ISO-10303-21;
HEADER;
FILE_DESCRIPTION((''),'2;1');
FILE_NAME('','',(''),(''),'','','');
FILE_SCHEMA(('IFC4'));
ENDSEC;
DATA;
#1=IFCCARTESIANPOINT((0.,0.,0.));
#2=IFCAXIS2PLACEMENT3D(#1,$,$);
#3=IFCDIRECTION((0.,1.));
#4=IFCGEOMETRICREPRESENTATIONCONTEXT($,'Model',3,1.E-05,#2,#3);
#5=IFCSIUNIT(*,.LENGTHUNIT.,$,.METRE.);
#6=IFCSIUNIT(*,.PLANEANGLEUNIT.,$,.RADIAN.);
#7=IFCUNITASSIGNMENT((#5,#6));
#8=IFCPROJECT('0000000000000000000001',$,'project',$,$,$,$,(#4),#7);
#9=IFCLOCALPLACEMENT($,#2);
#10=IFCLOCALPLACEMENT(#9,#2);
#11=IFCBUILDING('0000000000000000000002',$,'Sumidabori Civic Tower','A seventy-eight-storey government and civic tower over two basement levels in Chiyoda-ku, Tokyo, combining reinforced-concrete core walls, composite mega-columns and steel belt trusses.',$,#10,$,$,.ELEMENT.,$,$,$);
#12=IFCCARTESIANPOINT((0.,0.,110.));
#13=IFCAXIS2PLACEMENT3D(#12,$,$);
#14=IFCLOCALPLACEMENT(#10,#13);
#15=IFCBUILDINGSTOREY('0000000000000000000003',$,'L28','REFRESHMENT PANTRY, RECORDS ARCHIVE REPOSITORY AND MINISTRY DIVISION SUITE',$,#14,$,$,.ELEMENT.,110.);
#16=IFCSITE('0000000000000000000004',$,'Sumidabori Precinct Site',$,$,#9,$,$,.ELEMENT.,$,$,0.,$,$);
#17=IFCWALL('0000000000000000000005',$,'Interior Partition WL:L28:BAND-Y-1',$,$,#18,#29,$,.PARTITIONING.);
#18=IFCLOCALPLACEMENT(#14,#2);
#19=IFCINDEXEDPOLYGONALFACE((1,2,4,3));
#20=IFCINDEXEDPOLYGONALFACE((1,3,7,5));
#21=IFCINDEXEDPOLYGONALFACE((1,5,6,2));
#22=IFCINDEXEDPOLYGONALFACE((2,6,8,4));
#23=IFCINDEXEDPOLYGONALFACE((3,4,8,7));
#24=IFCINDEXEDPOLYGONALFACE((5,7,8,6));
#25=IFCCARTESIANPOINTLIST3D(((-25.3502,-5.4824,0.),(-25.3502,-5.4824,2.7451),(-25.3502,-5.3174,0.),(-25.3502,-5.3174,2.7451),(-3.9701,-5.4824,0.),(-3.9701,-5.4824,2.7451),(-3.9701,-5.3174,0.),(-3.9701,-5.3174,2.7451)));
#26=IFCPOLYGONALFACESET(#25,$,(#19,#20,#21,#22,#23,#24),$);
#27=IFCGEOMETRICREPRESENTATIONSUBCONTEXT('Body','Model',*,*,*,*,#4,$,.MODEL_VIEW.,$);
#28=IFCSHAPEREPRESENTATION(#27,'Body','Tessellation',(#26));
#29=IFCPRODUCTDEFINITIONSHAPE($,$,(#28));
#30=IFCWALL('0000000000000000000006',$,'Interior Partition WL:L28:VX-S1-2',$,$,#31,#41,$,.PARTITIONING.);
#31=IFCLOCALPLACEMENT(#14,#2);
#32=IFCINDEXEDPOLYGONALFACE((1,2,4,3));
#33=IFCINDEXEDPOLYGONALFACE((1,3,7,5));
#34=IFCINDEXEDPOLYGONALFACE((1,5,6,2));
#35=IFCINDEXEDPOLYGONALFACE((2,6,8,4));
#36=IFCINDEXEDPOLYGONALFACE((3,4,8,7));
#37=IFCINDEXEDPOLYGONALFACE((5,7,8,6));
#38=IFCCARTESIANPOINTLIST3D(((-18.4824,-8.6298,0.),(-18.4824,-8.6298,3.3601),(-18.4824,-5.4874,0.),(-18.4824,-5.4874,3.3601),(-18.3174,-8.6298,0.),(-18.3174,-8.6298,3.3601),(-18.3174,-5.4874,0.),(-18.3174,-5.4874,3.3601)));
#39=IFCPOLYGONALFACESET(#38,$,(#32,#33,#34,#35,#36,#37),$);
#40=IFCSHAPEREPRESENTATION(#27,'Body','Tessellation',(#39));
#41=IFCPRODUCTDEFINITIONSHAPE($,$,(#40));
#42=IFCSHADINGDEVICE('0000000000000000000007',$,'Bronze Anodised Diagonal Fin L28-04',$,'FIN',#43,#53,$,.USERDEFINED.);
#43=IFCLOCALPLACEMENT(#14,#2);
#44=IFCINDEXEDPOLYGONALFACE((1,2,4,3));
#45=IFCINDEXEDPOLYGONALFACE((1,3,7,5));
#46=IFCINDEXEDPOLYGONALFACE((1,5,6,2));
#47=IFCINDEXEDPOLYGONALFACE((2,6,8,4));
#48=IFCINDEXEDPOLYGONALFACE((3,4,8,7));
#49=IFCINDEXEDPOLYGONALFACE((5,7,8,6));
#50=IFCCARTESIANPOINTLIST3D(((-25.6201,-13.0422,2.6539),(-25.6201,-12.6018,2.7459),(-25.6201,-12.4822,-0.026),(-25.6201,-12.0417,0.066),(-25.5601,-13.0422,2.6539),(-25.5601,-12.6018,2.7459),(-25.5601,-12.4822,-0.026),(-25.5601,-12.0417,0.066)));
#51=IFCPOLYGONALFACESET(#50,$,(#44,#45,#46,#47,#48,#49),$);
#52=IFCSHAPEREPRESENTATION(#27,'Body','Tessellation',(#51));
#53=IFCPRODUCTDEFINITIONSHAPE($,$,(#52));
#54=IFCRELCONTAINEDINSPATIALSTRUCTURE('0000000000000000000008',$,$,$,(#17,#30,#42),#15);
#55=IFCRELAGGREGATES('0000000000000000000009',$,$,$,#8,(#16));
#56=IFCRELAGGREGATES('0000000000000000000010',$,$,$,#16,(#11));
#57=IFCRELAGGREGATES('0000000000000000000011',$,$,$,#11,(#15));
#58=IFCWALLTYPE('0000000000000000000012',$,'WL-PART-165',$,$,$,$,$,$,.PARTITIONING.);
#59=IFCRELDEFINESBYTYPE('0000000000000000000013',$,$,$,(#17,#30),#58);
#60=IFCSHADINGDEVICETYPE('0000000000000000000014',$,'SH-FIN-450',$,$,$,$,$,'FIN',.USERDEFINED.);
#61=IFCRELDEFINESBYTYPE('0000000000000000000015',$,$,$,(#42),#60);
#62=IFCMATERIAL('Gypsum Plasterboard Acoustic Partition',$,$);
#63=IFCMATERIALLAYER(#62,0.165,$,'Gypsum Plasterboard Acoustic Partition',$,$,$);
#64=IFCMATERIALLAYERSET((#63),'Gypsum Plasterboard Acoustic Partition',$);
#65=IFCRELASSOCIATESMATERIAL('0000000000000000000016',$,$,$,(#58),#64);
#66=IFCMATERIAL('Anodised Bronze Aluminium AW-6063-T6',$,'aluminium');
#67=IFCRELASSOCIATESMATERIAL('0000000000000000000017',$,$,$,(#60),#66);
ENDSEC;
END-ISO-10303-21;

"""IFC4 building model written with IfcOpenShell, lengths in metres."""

from ifc_helpers import new_model, si_unit, direction, frame, frame_2d, origin, origin_2d, place, context, subcontext, project, spatial, rectangle, extrude, source, transform, mapped, material, layer, layer_set, material_profile, profile_set, type_object, element, save


model = new_model("IFC4")

# Units and contexts
model_context = context("Model", 3, precision=1e-05, world=origin(), true_north=direction((0.0, 1.0)))
body_context = subcontext(model_context, "Body", "Model", "MODEL_VIEW")
ifc_project = project(units=[si_unit("LENGTHUNIT", "METRE"), si_unit("PLANEANGLEUNIT", "RADIAN")], contexts=[model_context])

# Site, building, storey
site_placement = place(None, origin())
site = spatial("IfcSite", under=ifc_project, at=site_placement, Name="Sumidabori Precinct Site", CompositionType="ELEMENT", RefElevation=0.0)
building_placement = place(site_placement, origin())
building = spatial("IfcBuilding", under=site, at=building_placement, Name="Sumidabori Civic Tower", Description="A seventy-eight-storey government and civic tower over two basement levels in Chiyoda-ku, Tokyo, combining reinforced-concrete core walls, composite mega-columns and steel belt trusses.", CompositionType="ELEMENT")
storey_placement = place(building_placement, frame((0.0, 0.0, 110.0)))
storey = spatial("IfcBuildingStorey", under=building, at=storey_placement, Name="L28", Description="REFRESHMENT PANTRY, RECORDS ARCHIVE REPOSITORY AND MINISTRY DIVISION SUITE", CompositionType="ELEMENT", Elevation=110.0)

# Shared definitions
ifc_material_1 = material(Name="Anodised Bronze Aluminium AW-6063-T6", Category="aluminium")

# Shared definitions
ifc_material_2 = material(Name="Gypsum Plasterboard Acoustic Partition")
ifc_layer_1 = layer(ifc_material_2, 0.165, Name="Gypsum Plasterboard Acoustic Partition")
ifc_layer_set_1 = layer_set([ifc_layer_1], Name="Gypsum Plasterboard Acoustic Partition")
wall_type = type_object("IfcWallType", Name="WL-PART-165", PredefinedType="PARTITIONING", material=ifc_layer_set_1)

# Walls
shared_shape_1 = source(origin(), body_context, "Body", "SweptSolid", [
    extrude(rectangle(XDim=21.3801, YDim=0.165, at=frame_2d((10.6899, 0.0))), origin(), (0.0, 0.0, 1.0), 2.7451),
])
wall_1_placement = place(storey_placement, frame((-25.3501, -5.3999, 0.0), z_axis=(0.0, 0.0, 1.0), x_axis=(1.0, 0.0, 0.0)))
element("IfcWall", 1, at=wall_1_placement, inside=storey, type_object=wall_type, Name="Interior Partition WL:L28:BAND-Y-1", PredefinedType="PARTITIONING", context=body_context, shape_type="MappedRepresentation", body=[
    mapped(shared_shape_1, transform((0.0, 0.0, 0.0), x_axis=(1.0, 0.0, 0.0), y_axis=(0.0, 1.0, 0.0), z_axis=(0.0, 0.0, 1.0), scale=1.0)),
])
shared_shape_2 = source(origin(), body_context, "Body", "SweptSolid", [
    extrude(rectangle(XDim=3.1423, YDim=0.165, at=frame_2d((1.5713, 0.0))), origin(), (0.0, 0.0, 1.0), 3.3601),
])
wall_2_placement = place(storey_placement, frame((-18.3999, -8.6299, 0.0), z_axis=(0.0, 0.0, 1.0), x_axis=(0.0, 1.0, 0.0)))
element("IfcWall", 2, at=wall_2_placement, inside=storey, type_object=wall_type, Name="Interior Partition WL:L28:VX-S1-2", PredefinedType="PARTITIONING", context=body_context, shape_type="MappedRepresentation", body=[
    mapped(shared_shape_2, transform((0.0, 0.0, 0.0), x_axis=(1.0, 0.0, 0.0), y_axis=(0.0, 1.0, 0.0), z_axis=(0.0, 0.0, 1.0), scale=1.0)),
])

# Shading device
ifc_material_profile_1 = material_profile(ifc_material_1, rectangle(XDim=0.0601, YDim=0.45, at=origin_2d()), Name="BRONZE FIN 450x60")
ifc_profile_set_1 = profile_set([ifc_material_profile_1], Name="Anodised Bronze Aluminium AW-6063-T6")
shading_device_type = type_object("IfcShadingDeviceType", Name="SH-FIN-450", ElementType="FIN", PredefinedType="USERDEFINED", material=ifc_profile_set_1)
shared_shape_3 = source(origin(), body_context, "Body", "SweptSolid", [
    extrude(rectangle(XDim=0.0601, YDim=0.45, at=origin_2d()), origin(), (0.0, 0.0, 1.0), 2.7378),
])
shading_device_placement = place(storey_placement, frame((-25.5901, -12.262, 0.02), z_axis=(0.0, -0.204563, 0.978853), x_axis=(-1.0, 0.0, 0.0)))
element("IfcShadingDevice", 3, at=shading_device_placement, inside=storey, type_object=shading_device_type, Name="Bronze Anodised Diagonal Fin L28-04", ObjectType="FIN", PredefinedType="USERDEFINED", context=body_context, shape_type="MappedRepresentation", body=[
    mapped(shared_shape_3, transform((0.0, 0.0, 0.0), x_axis=(1.0, 0.0, 0.0), y_axis=(0.0, 1.0, 0.0), z_axis=(0.0, 0.0, 1.0), scale=1.0)),
])

save(model, "model.ifc")
